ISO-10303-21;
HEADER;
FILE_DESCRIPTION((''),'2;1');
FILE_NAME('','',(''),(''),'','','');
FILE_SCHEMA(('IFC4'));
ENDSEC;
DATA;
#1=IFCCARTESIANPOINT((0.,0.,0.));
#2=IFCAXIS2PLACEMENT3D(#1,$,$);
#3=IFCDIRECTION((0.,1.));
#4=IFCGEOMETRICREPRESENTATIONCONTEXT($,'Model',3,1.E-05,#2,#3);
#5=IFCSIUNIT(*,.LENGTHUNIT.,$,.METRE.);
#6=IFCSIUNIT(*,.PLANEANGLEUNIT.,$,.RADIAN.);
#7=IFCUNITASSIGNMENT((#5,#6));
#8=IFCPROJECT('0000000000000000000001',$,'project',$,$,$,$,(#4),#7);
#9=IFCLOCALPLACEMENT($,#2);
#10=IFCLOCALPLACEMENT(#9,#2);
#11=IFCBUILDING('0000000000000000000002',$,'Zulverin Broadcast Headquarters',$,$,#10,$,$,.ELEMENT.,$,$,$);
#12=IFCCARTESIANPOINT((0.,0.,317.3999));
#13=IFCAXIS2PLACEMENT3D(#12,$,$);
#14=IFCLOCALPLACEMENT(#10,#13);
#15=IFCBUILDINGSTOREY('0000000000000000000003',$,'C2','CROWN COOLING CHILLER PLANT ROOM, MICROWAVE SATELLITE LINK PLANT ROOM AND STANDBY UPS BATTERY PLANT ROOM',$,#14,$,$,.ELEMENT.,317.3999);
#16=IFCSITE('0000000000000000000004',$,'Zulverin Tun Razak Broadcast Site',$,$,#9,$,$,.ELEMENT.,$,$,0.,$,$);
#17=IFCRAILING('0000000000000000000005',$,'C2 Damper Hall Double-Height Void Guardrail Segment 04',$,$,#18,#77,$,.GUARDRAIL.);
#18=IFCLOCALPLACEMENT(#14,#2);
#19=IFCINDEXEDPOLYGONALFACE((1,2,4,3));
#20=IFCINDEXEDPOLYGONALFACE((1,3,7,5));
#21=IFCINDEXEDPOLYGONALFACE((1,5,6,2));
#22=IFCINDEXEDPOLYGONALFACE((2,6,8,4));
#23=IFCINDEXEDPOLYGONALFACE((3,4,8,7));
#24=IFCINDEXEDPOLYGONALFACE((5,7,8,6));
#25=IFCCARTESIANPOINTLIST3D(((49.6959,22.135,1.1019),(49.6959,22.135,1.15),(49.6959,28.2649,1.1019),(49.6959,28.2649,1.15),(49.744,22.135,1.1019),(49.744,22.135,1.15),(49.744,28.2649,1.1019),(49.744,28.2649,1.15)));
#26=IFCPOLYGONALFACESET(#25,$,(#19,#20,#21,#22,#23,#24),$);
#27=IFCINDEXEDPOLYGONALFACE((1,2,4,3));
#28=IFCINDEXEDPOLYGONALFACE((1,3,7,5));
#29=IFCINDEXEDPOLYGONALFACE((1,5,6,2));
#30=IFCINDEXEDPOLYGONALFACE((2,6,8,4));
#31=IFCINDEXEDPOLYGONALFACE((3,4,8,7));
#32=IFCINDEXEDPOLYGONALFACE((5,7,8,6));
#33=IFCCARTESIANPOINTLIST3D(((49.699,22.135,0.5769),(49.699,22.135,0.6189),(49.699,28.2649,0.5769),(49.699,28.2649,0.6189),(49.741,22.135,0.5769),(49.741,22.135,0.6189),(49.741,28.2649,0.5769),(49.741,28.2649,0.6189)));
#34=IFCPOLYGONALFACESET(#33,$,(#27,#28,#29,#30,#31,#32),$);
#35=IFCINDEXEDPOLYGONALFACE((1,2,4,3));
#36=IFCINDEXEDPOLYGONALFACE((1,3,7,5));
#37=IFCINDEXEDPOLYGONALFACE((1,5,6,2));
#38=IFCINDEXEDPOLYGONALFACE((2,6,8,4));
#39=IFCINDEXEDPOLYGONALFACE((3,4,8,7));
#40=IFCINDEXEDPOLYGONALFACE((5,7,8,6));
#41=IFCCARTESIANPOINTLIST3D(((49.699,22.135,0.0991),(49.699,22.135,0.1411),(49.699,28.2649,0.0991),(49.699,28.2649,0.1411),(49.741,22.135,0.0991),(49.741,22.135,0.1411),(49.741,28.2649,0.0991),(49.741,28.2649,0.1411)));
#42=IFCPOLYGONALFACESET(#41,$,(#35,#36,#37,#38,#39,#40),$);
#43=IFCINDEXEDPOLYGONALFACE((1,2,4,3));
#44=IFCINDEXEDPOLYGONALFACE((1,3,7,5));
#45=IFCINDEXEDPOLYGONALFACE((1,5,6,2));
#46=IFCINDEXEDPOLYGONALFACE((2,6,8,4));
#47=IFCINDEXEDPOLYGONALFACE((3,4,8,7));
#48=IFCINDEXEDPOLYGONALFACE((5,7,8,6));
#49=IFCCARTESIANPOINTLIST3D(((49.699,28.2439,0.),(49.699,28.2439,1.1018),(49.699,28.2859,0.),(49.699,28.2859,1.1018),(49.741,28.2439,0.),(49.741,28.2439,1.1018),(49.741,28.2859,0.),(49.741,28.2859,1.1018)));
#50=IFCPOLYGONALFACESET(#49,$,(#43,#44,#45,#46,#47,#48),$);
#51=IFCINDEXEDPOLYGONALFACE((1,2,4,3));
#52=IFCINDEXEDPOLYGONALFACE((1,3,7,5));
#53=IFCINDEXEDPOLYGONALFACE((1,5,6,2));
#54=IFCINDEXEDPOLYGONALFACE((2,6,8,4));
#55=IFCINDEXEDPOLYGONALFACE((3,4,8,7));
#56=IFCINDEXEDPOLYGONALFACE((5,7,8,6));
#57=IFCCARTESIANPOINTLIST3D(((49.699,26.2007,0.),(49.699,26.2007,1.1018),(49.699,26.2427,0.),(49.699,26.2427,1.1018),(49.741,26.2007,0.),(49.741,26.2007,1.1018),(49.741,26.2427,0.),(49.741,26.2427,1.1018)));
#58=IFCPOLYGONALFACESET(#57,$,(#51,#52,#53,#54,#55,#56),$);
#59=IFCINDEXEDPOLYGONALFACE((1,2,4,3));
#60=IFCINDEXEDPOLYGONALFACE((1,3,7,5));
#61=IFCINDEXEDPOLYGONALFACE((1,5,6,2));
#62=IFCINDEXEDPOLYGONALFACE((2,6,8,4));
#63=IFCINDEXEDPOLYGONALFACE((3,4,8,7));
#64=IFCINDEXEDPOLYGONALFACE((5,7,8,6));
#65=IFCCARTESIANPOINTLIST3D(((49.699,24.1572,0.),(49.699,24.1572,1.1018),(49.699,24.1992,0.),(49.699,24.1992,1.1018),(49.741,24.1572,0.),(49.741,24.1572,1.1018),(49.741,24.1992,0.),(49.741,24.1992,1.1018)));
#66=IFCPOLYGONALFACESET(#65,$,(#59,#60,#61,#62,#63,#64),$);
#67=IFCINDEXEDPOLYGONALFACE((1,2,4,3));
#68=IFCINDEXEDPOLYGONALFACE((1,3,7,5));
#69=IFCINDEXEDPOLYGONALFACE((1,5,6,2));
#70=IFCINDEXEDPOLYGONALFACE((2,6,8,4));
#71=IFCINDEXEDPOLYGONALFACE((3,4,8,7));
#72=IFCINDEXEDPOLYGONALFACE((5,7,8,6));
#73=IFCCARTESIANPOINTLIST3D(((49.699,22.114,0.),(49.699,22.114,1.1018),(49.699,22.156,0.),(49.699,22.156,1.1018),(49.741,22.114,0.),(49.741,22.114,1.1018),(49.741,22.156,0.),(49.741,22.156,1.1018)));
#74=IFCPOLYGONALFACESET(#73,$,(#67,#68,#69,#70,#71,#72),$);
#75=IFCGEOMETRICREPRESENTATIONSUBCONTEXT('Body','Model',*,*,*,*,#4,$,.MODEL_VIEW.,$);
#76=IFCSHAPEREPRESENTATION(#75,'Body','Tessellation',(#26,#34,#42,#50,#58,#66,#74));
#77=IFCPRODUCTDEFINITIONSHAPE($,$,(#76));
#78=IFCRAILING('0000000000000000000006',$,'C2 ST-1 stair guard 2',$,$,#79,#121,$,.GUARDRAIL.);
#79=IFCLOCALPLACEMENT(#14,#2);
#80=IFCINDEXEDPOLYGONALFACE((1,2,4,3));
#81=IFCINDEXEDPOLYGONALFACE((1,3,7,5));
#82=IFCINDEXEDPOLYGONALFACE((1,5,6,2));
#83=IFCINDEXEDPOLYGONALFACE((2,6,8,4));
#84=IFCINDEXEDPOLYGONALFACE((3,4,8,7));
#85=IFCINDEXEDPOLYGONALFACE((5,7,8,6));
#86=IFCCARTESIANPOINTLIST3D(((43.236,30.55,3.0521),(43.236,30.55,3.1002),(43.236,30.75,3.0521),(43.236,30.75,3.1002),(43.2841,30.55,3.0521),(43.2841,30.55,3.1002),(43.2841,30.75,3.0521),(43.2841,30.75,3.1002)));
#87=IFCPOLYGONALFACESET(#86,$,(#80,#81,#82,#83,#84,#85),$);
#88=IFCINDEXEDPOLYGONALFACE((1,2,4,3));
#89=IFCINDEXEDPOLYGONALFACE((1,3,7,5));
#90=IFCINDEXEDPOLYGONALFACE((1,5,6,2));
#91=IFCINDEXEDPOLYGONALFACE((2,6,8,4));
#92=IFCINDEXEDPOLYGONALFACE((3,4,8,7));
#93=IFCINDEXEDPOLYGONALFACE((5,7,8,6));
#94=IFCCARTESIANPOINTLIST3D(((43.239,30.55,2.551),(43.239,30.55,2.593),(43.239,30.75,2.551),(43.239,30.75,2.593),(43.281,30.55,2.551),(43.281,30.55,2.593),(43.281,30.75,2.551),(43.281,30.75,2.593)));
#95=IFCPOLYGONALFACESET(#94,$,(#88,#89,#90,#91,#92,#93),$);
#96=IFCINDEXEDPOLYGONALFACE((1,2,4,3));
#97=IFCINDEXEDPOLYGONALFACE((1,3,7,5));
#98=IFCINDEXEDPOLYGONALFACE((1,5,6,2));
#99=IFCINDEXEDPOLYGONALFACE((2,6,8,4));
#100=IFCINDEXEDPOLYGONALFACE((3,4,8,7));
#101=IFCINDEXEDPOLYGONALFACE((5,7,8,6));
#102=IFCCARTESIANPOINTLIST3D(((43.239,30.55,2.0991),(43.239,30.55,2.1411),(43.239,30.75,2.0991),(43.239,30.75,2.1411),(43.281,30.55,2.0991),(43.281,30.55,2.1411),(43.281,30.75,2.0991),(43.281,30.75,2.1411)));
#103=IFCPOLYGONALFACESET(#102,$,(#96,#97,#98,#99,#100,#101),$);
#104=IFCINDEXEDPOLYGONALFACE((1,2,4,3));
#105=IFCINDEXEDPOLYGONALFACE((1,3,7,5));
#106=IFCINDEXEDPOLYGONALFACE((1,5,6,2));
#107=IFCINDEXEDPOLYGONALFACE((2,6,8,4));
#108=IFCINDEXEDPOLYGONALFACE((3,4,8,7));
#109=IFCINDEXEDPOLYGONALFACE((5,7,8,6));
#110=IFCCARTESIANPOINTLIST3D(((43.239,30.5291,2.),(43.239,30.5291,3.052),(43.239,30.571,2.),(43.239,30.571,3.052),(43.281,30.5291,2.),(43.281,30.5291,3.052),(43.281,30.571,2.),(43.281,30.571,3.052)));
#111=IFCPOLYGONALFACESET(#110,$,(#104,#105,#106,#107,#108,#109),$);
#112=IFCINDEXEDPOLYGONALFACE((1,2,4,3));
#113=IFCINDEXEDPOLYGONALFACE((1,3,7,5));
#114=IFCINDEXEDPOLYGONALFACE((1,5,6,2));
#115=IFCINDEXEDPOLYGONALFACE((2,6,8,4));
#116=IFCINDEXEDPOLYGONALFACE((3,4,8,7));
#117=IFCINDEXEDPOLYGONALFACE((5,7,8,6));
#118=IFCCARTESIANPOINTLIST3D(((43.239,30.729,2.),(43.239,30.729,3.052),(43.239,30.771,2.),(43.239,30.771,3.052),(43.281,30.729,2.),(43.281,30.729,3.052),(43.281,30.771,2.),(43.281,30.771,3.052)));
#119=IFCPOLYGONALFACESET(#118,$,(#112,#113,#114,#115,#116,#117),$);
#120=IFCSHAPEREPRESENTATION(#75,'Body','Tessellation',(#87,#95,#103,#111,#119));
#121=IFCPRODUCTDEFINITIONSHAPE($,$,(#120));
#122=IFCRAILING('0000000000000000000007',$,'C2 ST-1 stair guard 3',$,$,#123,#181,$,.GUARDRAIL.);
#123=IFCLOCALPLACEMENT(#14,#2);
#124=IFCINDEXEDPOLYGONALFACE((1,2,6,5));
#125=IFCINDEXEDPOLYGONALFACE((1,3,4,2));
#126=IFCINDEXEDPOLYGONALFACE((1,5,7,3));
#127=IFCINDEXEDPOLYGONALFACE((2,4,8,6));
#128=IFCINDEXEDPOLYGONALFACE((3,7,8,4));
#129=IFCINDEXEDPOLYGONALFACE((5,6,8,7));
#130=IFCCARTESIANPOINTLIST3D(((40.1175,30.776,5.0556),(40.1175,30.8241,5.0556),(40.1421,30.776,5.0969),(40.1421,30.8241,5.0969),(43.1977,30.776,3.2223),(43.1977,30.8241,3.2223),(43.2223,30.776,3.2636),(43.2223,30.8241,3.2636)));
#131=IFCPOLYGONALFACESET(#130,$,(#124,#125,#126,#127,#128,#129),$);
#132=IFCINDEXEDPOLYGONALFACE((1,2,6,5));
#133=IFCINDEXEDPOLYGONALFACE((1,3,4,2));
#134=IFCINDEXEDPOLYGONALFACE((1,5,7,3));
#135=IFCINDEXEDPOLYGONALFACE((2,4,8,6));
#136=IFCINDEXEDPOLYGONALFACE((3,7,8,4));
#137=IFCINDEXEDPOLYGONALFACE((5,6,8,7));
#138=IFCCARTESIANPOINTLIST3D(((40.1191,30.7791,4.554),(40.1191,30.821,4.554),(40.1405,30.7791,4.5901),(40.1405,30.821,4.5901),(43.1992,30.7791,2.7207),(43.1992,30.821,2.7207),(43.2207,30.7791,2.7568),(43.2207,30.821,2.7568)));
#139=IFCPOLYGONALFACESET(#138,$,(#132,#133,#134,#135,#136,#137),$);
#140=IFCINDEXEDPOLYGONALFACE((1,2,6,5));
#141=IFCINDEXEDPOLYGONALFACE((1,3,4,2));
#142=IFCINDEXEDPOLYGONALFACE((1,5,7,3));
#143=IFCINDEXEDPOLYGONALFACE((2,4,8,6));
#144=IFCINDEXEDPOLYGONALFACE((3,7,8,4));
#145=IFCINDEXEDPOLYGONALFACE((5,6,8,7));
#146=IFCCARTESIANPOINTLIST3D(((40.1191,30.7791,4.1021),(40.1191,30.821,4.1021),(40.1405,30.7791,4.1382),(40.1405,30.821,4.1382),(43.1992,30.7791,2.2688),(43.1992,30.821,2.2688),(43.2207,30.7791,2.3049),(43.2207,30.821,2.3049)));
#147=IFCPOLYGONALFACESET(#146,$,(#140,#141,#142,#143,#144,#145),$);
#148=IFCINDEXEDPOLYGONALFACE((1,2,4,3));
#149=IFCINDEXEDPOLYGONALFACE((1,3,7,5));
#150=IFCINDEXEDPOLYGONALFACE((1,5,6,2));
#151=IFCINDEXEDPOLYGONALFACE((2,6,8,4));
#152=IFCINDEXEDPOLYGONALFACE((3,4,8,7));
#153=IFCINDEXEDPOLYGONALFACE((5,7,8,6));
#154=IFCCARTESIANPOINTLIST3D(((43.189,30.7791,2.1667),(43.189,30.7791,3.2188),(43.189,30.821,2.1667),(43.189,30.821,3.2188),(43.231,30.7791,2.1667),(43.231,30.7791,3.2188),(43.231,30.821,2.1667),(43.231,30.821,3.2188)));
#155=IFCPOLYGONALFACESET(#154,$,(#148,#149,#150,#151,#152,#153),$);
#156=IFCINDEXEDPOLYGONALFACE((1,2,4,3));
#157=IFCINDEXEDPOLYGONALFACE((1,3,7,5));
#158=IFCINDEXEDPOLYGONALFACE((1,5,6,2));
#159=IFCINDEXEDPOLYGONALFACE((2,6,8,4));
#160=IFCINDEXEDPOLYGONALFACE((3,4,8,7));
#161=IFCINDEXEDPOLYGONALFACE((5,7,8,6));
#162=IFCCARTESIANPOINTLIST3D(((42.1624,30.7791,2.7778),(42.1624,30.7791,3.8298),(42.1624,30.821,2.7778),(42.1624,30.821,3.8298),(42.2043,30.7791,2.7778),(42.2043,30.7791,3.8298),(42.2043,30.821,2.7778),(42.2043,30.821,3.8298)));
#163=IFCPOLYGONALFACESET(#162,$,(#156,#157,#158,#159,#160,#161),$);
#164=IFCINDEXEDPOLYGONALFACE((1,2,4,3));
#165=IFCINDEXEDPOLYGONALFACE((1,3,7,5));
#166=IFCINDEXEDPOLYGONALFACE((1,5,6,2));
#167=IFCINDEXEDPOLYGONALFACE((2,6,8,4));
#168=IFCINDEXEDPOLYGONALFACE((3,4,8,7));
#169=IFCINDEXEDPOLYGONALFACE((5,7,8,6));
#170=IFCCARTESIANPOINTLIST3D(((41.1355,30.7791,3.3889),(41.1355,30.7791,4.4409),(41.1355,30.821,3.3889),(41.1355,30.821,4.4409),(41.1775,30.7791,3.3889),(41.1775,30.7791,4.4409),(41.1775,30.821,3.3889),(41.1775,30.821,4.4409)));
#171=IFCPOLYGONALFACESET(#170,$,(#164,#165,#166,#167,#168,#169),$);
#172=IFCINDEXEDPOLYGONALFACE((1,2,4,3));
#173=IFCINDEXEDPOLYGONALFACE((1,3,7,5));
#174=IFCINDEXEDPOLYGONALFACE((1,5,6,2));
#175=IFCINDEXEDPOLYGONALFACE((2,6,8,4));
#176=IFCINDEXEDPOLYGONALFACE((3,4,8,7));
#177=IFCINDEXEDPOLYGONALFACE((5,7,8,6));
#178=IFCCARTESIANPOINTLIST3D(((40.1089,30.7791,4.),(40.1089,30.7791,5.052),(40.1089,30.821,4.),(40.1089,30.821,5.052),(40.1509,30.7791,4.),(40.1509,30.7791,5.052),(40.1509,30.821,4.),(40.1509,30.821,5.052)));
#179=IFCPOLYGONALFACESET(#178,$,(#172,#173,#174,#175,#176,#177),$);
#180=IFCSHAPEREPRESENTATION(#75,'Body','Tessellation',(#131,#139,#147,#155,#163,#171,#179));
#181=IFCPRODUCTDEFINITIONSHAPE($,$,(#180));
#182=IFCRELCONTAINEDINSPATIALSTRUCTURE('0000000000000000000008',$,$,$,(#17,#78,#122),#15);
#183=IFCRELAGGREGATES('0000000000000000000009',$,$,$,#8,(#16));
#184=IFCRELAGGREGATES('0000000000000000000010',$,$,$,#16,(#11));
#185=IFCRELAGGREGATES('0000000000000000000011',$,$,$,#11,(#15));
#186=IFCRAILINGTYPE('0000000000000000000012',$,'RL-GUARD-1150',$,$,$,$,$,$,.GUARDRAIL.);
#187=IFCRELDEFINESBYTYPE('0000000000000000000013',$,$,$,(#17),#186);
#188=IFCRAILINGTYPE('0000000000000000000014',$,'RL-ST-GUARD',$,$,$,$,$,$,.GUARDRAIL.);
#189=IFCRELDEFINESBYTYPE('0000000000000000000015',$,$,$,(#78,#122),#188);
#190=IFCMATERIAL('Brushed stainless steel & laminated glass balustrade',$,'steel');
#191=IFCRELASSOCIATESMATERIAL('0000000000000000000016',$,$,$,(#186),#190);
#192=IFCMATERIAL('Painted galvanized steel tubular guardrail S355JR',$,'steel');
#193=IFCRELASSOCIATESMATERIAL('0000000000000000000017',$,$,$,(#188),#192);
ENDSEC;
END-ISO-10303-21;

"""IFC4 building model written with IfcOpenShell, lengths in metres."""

from ifc_helpers import new_model, si_unit, direction, frame, origin, origin_2d, place, context, subcontext, project, spatial, rectangle, extrude, material, type_object, element, save


model = new_model("IFC4")

# Units and contexts
model_context = context("Model", 3, precision=1e-05, world=origin(), true_north=direction((0.0, 1.0)))
body_context = subcontext(model_context, "Body", "Model", "MODEL_VIEW")
ifc_project = project(units=[si_unit("LENGTHUNIT", "METRE"), si_unit("PLANEANGLEUNIT", "RADIAN")], contexts=[model_context])

# Site, building, storey
site_placement = place(None, origin())
site = spatial("IfcSite", under=ifc_project, at=site_placement, Name="Zulverin Tun Razak Broadcast Site", CompositionType="ELEMENT", RefElevation=0.0)
building_placement = place(site_placement, origin())
building = spatial("IfcBuilding", under=site, at=building_placement, Name="Zulverin Broadcast Headquarters", CompositionType="ELEMENT")
storey_placement = place(building_placement, frame((0.0, 0.0, 317.3999)))
storey = spatial("IfcBuildingStorey", under=building, at=storey_placement, Name="C2", Description="CROWN COOLING CHILLER PLANT ROOM, MICROWAVE SATELLITE LINK PLANT ROOM AND STANDBY UPS BATTERY PLANT ROOM", CompositionType="ELEMENT", Elevation=317.3999)

# Railings
ifc_material_1 = material(Name="Brushed stainless steel & laminated glass balustrade", Category="steel")
railing_type_1 = type_object("IfcRailingType", Name="RL-GUARD-1150", PredefinedType="GUARDRAIL", material=ifc_material_1)
railing_1_placement = place(storey_placement, frame((49.72, 28.2649, 0.0)))
element("IfcRailing", 1, at=railing_1_placement, inside=storey, type_object=railing_type_1, Name="C2 Damper Hall Double-Height Void Guardrail Segment 04", PredefinedType="GUARDRAIL", context=body_context, shape_type="SweptSolid", body=[
    extrude(rectangle(XDim=0.0481, YDim=0.0481, at=origin_2d()), frame((0.0, 0.0, 1.126), z_axis=(0.0, -1.0, 0.0), x_axis=(1.0, 0.0, 0.0)), (0.0, 0.0, 1.0), 6.1299),
    extrude(rectangle(XDim=0.042, YDim=0.042, at=origin_2d()), frame((0.0, 0.0, 0.5979), z_axis=(0.0, -1.0, 0.0), x_axis=(1.0, 0.0, 0.0)), (0.0, 0.0, 1.0), 6.1299),
    extrude(rectangle(XDim=0.042, YDim=0.042, at=origin_2d()), frame((0.0, 0.0, 0.1201), z_axis=(0.0, -1.0, 0.0), x_axis=(1.0, 0.0, 0.0)), (0.0, 0.0, 1.0), 6.1299),
    extrude(rectangle(XDim=0.042, YDim=0.042, at=origin_2d()), origin(), (0.0, 0.0, 1.0), 1.1018),
    extrude(rectangle(XDim=0.042, YDim=0.042, at=origin_2d()), frame((0.0, -2.0432, 0.0)), (0.0, 0.0, 1.0), 1.1018),
    extrude(rectangle(XDim=0.042, YDim=0.042, at=origin_2d()), frame((0.0, -4.0867, 0.0)), (0.0, 0.0, 1.0), 1.1018),
    extrude(rectangle(XDim=0.042, YDim=0.042, at=origin_2d()), frame((0.0, -6.1299, 0.0)), (0.0, 0.0, 1.0), 1.1018),
])
ifc_material_2 = material(Name="Painted galvanized steel tubular guardrail S355JR", Category="steel")
railing_type_2 = type_object("IfcRailingType", Name="RL-ST-GUARD", PredefinedType="GUARDRAIL", material=ifc_material_2)
railing_2_placement = place(storey_placement, frame((43.26, 30.55, 2.0)))
element("IfcRailing", 2, at=railing_2_placement, inside=storey, type_object=railing_type_2, Name="C2 ST-1 stair guard 2", PredefinedType="GUARDRAIL", context=body_context, shape_type="SweptSolid", body=[
    extrude(rectangle(XDim=0.0481, YDim=0.0481, at=origin_2d()), frame((0.0, 0.0, 1.0762), z_axis=(0.0, 1.0, 0.0), x_axis=(-1.0, 0.0, 0.0)), (0.0, 0.0, 1.0), 0.2),
    extrude(rectangle(XDim=0.042, YDim=0.042, at=origin_2d()), frame((0.0, 0.0, 0.572), z_axis=(0.0, 1.0, 0.0), x_axis=(-1.0, 0.0, 0.0)), (0.0, 0.0, 1.0), 0.2),
    extrude(rectangle(XDim=0.042, YDim=0.042, at=origin_2d()), frame((0.0, 0.0, 0.1201), z_axis=(0.0, 1.0, 0.0), x_axis=(-1.0, 0.0, 0.0)), (0.0, 0.0, 1.0), 0.2),
    extrude(rectangle(XDim=0.042, YDim=0.042, at=origin_2d()), origin(), (0.0, 0.0, 1.0), 1.052),
    extrude(rectangle(XDim=0.042, YDim=0.042, at=origin_2d()), frame((0.0, 0.2, 0.0)), (0.0, 0.0, 1.0), 1.052),
])
railing_3_placement = place(storey_placement, frame((43.21, 30.8, 2.1667)))
element("IfcRailing", 3, at=railing_3_placement, inside=storey, type_object=railing_type_2, Name="C2 ST-1 stair guard 3", PredefinedType="GUARDRAIL", context=body_context, shape_type="SweptSolid", body=[
    extrude(rectangle(XDim=0.0481, YDim=0.0481, at=origin_2d()), frame((0.0, 0.0, 1.0762), z_axis=(-0.859309, 0.0, 0.511458), x_axis=(0.0, -1.0, 0.0)), (0.0, 0.0, 1.0), 3.5845),
    extrude(rectangle(XDim=0.042, YDim=0.042, at=origin_2d()), frame((0.0, 0.0, 0.572), z_axis=(-0.859309, 0.0, 0.511458), x_axis=(0.0, -1.0, 0.0)), (0.0, 0.0, 1.0), 3.5845),
    extrude(rectangle(XDim=0.042, YDim=0.042, at=origin_2d()), frame((0.0, 0.0, 0.1201), z_axis=(-0.859309, 0.0, 0.511458), x_axis=(0.0, -1.0, 0.0)), (0.0, 0.0, 1.0), 3.5845),
    extrude(rectangle(XDim=0.042, YDim=0.042, at=origin_2d()), origin(), (0.0, 0.0, 1.0), 1.052),
    extrude(rectangle(XDim=0.042, YDim=0.042, at=origin_2d()), frame((-1.0266, 0.0, 0.6111)), (0.0, 0.0, 1.0), 1.052),
    extrude(rectangle(XDim=0.042, YDim=0.042, at=origin_2d()), frame((-2.0535, 0.0, 1.2222)), (0.0, 0.0, 1.0), 1.052),
    extrude(rectangle(XDim=0.042, YDim=0.042, at=origin_2d()), frame((-3.0801, 0.0, 1.8333)), (0.0, 0.0, 1.0), 1.052),
])

save(model, "model.ifc")
